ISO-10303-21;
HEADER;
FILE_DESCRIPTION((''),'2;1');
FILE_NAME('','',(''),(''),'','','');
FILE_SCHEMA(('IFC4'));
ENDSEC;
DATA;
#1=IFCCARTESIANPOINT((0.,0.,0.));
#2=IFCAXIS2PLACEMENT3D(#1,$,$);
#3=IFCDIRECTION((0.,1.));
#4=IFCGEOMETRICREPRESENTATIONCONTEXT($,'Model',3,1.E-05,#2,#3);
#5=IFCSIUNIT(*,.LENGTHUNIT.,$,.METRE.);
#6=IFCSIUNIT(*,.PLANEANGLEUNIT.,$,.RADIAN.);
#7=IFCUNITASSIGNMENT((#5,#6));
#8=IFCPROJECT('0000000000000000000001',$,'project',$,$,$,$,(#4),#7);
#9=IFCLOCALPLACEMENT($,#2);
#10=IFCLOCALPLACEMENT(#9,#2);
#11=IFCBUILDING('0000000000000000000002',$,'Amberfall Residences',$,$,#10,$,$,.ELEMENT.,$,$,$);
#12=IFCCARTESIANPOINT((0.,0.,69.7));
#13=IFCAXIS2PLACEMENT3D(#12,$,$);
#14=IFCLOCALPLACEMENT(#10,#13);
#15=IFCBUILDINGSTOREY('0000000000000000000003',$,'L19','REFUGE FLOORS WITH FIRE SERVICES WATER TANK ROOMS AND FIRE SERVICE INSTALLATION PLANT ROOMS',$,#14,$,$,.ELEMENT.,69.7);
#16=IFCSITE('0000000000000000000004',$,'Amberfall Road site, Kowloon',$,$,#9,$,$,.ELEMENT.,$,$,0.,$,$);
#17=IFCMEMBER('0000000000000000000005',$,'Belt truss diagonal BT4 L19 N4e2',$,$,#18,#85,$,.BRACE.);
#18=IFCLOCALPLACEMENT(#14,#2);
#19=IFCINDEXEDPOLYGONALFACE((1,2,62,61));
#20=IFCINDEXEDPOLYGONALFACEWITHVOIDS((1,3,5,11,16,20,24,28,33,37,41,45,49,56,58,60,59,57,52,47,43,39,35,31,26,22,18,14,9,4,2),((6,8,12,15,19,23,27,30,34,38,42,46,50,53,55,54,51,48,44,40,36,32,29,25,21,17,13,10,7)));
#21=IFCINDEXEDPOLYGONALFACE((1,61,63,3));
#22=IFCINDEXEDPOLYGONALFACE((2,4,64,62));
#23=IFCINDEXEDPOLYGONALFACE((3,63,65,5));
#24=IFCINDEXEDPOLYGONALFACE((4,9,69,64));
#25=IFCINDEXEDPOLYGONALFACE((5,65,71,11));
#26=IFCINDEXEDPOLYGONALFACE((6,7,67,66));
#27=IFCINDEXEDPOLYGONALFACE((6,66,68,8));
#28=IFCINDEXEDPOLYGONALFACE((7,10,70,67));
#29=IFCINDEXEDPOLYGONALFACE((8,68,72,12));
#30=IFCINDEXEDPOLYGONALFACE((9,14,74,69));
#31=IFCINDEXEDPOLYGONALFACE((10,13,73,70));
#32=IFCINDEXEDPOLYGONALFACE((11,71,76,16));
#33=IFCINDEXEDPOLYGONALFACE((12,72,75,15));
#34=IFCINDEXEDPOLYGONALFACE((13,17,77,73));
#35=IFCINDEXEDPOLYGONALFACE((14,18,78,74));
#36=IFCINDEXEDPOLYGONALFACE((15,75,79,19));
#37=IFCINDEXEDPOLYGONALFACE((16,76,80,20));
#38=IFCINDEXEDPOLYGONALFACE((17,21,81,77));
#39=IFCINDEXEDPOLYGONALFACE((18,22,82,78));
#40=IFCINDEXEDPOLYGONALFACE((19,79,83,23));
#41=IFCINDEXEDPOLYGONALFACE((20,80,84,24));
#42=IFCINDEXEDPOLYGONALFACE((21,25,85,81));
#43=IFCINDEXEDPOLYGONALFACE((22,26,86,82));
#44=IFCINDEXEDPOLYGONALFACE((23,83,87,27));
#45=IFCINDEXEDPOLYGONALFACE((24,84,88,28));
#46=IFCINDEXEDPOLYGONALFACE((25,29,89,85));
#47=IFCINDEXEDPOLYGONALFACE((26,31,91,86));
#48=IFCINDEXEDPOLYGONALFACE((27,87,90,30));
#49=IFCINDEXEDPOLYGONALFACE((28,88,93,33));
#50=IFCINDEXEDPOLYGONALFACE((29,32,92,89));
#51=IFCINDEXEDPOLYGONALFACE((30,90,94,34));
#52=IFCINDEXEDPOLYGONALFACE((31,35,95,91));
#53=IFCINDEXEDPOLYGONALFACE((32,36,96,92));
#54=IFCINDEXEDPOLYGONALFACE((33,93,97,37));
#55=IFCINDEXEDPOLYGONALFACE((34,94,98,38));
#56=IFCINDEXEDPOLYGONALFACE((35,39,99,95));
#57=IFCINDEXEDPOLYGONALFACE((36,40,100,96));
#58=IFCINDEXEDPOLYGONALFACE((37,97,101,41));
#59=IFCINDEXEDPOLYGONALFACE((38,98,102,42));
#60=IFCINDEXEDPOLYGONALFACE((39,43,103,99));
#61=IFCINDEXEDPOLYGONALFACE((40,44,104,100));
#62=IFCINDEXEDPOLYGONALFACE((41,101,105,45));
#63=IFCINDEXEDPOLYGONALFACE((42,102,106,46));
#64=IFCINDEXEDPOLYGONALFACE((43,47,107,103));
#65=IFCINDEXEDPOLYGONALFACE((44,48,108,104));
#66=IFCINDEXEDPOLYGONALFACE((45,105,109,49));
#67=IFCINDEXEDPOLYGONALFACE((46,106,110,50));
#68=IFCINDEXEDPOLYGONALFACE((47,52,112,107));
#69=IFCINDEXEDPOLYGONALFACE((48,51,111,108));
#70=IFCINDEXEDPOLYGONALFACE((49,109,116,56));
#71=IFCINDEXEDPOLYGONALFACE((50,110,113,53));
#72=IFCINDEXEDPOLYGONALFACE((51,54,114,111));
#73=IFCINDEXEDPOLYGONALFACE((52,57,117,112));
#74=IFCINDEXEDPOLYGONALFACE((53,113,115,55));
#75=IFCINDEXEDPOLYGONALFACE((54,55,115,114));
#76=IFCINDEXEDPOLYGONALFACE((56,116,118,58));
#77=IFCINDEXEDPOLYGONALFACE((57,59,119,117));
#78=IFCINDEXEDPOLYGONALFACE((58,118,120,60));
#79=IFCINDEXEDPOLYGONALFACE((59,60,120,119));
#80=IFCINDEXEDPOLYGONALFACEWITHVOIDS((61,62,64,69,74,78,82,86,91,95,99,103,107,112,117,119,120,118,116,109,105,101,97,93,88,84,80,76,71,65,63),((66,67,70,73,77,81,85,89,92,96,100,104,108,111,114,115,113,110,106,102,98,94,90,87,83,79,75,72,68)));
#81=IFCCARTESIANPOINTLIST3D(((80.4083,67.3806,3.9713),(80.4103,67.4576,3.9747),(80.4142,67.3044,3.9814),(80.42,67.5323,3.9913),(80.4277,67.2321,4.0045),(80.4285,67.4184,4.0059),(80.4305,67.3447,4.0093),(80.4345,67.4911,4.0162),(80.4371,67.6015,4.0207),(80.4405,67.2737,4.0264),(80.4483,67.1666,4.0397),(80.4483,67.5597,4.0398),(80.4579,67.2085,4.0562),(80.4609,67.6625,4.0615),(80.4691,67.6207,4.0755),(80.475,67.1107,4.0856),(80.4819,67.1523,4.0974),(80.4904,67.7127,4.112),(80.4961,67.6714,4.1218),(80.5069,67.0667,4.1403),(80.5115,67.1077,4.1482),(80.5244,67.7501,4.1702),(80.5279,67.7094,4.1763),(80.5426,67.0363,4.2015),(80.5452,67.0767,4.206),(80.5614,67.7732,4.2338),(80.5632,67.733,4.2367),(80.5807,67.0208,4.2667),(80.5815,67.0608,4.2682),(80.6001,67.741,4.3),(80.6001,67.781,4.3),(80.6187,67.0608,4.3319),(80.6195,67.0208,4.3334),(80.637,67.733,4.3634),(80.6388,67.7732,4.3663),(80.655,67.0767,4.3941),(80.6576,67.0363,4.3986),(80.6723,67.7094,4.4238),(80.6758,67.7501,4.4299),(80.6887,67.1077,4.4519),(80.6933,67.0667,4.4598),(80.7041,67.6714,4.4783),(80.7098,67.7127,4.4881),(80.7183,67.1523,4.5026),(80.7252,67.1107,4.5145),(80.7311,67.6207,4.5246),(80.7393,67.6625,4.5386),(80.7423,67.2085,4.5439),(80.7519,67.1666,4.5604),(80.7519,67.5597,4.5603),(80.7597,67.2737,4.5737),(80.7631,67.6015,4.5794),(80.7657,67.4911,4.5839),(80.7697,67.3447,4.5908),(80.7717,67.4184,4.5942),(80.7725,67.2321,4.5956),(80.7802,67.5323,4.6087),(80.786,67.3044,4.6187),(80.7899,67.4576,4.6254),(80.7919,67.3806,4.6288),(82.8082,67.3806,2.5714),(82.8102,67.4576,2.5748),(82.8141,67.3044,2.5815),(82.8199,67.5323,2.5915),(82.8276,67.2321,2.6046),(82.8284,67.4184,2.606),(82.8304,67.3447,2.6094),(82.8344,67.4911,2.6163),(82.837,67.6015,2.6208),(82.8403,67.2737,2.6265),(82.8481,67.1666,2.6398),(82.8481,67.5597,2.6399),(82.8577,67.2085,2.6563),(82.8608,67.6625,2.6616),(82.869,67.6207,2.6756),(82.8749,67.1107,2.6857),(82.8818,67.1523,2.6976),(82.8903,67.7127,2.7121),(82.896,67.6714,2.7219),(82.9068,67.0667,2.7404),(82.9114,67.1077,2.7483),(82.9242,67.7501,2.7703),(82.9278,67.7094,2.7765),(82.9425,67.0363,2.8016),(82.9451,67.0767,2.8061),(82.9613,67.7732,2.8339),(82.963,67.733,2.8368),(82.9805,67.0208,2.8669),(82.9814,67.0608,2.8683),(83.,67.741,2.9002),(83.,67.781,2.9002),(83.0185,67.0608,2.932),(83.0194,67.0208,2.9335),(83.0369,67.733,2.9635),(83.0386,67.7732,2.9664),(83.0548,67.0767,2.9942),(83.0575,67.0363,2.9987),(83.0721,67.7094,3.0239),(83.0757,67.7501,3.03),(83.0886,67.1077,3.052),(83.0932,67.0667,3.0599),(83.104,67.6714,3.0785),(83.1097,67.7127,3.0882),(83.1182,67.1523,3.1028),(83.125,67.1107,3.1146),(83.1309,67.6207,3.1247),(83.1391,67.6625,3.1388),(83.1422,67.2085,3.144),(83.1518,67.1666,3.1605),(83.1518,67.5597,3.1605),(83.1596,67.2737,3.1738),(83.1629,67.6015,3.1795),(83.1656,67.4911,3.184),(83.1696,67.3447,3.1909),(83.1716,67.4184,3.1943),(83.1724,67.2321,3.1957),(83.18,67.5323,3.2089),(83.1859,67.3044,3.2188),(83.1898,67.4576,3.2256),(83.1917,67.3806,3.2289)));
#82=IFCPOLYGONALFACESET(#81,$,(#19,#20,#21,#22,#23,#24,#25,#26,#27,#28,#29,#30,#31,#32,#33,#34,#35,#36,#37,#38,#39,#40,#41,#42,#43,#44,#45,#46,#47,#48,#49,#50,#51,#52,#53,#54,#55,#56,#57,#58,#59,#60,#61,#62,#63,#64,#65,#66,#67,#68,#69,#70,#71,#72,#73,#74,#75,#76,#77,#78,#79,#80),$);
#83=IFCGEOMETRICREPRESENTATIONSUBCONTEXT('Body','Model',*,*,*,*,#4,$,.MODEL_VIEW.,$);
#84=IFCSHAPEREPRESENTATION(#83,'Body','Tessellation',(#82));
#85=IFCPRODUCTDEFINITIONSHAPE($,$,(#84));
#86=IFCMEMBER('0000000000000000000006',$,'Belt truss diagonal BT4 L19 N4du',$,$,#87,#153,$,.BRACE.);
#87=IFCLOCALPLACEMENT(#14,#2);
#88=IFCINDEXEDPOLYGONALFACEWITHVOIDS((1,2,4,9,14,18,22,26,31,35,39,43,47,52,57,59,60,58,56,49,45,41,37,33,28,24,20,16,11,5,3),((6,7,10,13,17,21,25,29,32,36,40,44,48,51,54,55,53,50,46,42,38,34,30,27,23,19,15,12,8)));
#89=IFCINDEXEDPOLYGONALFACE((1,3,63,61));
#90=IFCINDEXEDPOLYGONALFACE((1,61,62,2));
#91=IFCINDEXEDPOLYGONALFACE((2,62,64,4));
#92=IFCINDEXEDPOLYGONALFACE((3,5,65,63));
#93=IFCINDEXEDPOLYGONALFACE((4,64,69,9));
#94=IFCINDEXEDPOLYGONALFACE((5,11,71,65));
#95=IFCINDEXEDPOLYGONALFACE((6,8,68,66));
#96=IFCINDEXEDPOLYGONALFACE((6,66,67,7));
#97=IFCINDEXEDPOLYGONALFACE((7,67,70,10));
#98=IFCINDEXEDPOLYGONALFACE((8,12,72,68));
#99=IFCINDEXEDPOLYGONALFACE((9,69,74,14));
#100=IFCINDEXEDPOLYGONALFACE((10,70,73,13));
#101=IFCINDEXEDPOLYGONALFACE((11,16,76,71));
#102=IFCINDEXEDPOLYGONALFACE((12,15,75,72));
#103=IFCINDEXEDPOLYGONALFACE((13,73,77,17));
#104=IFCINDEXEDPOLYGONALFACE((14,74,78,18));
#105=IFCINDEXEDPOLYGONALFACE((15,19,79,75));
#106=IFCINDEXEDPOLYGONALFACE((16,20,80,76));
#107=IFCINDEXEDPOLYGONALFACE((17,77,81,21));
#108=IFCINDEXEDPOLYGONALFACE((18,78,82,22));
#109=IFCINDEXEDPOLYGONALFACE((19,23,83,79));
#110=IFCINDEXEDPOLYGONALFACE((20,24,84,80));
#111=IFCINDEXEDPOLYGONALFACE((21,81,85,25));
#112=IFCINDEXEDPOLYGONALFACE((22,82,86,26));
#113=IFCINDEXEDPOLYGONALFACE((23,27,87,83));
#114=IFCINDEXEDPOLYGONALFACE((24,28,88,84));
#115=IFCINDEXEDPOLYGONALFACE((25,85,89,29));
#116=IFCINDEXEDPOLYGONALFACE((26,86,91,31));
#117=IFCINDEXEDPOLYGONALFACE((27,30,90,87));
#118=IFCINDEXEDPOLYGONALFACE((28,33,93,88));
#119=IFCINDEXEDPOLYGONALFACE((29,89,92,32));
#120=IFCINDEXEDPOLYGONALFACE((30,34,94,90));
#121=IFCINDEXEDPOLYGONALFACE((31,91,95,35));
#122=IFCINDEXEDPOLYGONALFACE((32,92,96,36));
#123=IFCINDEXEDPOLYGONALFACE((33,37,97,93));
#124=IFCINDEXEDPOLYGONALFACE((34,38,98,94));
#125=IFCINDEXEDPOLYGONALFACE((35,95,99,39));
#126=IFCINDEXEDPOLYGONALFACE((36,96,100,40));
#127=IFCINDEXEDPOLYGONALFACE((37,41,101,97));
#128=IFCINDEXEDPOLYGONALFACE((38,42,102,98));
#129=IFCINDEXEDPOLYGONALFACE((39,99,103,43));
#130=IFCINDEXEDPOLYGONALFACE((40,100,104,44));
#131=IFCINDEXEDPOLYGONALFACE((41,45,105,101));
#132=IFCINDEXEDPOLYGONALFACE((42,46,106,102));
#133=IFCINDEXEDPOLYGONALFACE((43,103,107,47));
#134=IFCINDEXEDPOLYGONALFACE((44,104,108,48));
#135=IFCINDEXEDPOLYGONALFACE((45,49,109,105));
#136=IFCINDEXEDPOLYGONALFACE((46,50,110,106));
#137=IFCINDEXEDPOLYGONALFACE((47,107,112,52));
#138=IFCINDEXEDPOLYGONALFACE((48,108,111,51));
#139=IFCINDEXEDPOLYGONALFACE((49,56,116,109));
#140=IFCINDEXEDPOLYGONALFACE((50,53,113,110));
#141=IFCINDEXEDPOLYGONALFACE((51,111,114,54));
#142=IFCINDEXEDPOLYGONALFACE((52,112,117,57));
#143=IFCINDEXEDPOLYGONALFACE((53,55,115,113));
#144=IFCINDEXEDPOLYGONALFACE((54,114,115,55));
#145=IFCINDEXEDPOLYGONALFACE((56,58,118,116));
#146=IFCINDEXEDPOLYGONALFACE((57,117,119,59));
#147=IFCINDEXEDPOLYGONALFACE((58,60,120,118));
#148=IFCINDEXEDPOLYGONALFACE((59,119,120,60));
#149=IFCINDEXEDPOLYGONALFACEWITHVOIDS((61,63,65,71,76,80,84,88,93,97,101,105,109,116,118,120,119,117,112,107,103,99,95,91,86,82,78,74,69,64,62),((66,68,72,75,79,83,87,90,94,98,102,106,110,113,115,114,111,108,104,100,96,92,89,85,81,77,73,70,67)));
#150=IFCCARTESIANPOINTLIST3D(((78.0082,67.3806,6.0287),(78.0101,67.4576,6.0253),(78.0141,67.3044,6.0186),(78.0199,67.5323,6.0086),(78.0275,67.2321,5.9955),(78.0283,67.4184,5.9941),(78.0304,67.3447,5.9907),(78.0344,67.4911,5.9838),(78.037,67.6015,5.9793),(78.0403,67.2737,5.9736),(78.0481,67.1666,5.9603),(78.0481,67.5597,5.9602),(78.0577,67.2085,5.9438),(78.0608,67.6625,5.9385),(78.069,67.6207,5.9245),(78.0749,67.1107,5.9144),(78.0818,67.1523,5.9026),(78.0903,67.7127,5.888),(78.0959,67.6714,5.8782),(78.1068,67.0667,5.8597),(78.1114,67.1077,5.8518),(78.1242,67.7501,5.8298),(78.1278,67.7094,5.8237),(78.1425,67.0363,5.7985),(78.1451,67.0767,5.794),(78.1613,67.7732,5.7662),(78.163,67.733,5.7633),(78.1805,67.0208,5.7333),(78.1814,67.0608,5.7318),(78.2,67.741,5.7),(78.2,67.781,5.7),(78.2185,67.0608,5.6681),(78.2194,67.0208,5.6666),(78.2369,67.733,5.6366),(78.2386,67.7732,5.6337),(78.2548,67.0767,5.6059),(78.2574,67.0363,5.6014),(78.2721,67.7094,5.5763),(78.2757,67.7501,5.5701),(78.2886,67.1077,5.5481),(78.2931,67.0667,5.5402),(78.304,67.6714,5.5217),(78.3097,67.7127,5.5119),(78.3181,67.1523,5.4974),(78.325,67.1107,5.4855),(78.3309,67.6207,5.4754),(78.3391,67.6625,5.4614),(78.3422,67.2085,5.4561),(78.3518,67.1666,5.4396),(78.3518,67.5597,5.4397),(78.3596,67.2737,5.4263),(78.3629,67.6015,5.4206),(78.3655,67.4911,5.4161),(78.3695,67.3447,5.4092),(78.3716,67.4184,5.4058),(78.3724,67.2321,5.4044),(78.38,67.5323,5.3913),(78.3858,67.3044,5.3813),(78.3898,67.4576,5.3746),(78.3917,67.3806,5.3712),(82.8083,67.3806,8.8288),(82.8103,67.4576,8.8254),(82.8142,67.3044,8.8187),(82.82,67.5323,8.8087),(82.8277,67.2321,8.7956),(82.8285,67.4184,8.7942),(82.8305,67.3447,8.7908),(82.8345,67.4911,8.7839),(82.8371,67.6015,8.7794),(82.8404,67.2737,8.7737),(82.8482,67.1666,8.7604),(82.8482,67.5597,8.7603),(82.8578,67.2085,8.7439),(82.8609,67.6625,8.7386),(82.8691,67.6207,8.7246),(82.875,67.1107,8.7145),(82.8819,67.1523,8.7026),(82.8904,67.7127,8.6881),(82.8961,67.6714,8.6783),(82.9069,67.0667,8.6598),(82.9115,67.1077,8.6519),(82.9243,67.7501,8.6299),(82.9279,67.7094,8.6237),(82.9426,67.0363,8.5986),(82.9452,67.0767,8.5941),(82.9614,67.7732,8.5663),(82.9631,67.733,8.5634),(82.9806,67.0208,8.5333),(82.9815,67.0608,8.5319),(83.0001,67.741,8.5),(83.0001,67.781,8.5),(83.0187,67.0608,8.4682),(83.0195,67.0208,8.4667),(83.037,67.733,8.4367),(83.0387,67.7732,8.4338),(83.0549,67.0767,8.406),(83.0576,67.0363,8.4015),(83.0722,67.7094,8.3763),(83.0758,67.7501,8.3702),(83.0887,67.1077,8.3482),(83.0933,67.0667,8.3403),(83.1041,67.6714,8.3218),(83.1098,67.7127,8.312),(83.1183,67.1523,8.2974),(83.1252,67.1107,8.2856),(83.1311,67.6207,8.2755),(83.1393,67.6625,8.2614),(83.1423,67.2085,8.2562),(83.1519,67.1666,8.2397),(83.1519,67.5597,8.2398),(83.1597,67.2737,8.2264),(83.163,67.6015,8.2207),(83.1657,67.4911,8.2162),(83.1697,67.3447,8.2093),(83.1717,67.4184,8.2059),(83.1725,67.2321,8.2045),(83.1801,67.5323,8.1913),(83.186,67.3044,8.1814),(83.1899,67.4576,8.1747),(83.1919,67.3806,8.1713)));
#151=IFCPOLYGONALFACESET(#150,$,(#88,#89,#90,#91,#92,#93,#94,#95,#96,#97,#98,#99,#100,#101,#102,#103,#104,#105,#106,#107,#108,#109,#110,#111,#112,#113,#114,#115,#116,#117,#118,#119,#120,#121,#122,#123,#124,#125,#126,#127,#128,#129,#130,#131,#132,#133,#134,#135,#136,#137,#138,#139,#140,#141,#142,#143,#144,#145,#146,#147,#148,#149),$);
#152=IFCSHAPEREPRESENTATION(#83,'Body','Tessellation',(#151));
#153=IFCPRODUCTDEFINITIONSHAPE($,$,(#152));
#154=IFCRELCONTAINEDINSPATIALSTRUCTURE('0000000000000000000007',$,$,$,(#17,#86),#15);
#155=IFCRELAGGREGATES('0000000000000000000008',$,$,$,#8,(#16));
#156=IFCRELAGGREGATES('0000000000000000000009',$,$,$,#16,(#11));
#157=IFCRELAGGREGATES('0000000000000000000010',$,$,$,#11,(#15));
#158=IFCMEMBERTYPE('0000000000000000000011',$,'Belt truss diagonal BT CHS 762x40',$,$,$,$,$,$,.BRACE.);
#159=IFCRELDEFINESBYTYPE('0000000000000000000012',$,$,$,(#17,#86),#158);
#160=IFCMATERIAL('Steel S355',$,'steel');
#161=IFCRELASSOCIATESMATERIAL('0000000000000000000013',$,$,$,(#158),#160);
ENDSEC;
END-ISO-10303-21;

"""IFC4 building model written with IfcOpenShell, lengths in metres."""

from ifc_helpers import new_model, si_unit, direction, frame, origin, origin_2d, place, context, subcontext, project, spatial, hollow_circle, extrude, material, material_profile, profile_set, type_object, element, save


model = new_model("IFC4")

# Units and contexts
model_context = context("Model", 3, precision=1e-05, world=origin(), true_north=direction((0.0, 1.0)))
body_context = subcontext(model_context, "Body", "Model", "MODEL_VIEW")
ifc_project = project(units=[si_unit("LENGTHUNIT", "METRE"), si_unit("PLANEANGLEUNIT", "RADIAN")], contexts=[model_context])

# Site, building, storey
site_placement = place(None, origin())
site = spatial("IfcSite", under=ifc_project, at=site_placement, Name="Amberfall Road site, Kowloon", CompositionType="ELEMENT", RefElevation=0.0)
building_placement = place(site_placement, origin())
building = spatial("IfcBuilding", under=site, at=building_placement, Name="Amberfall Residences", CompositionType="ELEMENT")
storey_placement = place(building_placement, frame((0.0, 0.0, 69.7)))
storey = spatial("IfcBuildingStorey", under=building, at=storey_placement, Name="L19", Description="REFUGE FLOORS WITH FIRE SERVICES WATER TANK ROOMS AND FIRE SERVICE INSTALLATION PLANT ROOMS", CompositionType="ELEMENT", Elevation=69.7)

# Shared definitions
ifc_material_1 = material(Name="Steel S355", Category="steel")

# Members
ifc_material_profile_1 = material_profile(ifc_material_1, hollow_circle(Radius=0.3811, WallThickness=0.04, at=origin_2d()), Name="CHS 762x40")
ifc_profile_set_1 = profile_set([ifc_material_profile_1], Name="Steel S355")
member_type = type_object("IfcMemberType", Name="Belt truss diagonal BT CHS 762x40", PredefinedType="BRACE", material=ifc_profile_set_1)
member_1_placement = place(storey_placement, frame((80.6001, 67.3999, 4.3), z_axis=(0.863785, 0.0, -0.50386), x_axis=(0.0, 1.0, 0.0)))
element("IfcMember", 1, at=member_1_placement, inside=storey, type_object=member_type, Name="Belt truss diagonal BT4 L19 N4e2", PredefinedType="BRACE", context=body_context, shape_type="SweptSolid", body=[
    extrude(hollow_circle(Radius=0.3811, WallThickness=0.04, at=origin_2d()), origin(), (0.0, 0.0, 1.0), 2.7783),
])
member_2_placement = place(storey_placement, frame((78.2, 67.3999, 5.7), z_axis=(0.863777, 0.0, 0.503874), x_axis=(0.0, 1.0, 0.0)))
element("IfcMember", 2, at=member_2_placement, inside=storey, type_object=member_type, Name="Belt truss diagonal BT4 L19 N4du", PredefinedType="BRACE", context=body_context, shape_type="SweptSolid", body=[
    extrude(hollow_circle(Radius=0.3811, WallThickness=0.04, at=origin_2d()), origin(), (0.0, 0.0, 1.0), 5.5571),
])

save(model, "model.ifc")
